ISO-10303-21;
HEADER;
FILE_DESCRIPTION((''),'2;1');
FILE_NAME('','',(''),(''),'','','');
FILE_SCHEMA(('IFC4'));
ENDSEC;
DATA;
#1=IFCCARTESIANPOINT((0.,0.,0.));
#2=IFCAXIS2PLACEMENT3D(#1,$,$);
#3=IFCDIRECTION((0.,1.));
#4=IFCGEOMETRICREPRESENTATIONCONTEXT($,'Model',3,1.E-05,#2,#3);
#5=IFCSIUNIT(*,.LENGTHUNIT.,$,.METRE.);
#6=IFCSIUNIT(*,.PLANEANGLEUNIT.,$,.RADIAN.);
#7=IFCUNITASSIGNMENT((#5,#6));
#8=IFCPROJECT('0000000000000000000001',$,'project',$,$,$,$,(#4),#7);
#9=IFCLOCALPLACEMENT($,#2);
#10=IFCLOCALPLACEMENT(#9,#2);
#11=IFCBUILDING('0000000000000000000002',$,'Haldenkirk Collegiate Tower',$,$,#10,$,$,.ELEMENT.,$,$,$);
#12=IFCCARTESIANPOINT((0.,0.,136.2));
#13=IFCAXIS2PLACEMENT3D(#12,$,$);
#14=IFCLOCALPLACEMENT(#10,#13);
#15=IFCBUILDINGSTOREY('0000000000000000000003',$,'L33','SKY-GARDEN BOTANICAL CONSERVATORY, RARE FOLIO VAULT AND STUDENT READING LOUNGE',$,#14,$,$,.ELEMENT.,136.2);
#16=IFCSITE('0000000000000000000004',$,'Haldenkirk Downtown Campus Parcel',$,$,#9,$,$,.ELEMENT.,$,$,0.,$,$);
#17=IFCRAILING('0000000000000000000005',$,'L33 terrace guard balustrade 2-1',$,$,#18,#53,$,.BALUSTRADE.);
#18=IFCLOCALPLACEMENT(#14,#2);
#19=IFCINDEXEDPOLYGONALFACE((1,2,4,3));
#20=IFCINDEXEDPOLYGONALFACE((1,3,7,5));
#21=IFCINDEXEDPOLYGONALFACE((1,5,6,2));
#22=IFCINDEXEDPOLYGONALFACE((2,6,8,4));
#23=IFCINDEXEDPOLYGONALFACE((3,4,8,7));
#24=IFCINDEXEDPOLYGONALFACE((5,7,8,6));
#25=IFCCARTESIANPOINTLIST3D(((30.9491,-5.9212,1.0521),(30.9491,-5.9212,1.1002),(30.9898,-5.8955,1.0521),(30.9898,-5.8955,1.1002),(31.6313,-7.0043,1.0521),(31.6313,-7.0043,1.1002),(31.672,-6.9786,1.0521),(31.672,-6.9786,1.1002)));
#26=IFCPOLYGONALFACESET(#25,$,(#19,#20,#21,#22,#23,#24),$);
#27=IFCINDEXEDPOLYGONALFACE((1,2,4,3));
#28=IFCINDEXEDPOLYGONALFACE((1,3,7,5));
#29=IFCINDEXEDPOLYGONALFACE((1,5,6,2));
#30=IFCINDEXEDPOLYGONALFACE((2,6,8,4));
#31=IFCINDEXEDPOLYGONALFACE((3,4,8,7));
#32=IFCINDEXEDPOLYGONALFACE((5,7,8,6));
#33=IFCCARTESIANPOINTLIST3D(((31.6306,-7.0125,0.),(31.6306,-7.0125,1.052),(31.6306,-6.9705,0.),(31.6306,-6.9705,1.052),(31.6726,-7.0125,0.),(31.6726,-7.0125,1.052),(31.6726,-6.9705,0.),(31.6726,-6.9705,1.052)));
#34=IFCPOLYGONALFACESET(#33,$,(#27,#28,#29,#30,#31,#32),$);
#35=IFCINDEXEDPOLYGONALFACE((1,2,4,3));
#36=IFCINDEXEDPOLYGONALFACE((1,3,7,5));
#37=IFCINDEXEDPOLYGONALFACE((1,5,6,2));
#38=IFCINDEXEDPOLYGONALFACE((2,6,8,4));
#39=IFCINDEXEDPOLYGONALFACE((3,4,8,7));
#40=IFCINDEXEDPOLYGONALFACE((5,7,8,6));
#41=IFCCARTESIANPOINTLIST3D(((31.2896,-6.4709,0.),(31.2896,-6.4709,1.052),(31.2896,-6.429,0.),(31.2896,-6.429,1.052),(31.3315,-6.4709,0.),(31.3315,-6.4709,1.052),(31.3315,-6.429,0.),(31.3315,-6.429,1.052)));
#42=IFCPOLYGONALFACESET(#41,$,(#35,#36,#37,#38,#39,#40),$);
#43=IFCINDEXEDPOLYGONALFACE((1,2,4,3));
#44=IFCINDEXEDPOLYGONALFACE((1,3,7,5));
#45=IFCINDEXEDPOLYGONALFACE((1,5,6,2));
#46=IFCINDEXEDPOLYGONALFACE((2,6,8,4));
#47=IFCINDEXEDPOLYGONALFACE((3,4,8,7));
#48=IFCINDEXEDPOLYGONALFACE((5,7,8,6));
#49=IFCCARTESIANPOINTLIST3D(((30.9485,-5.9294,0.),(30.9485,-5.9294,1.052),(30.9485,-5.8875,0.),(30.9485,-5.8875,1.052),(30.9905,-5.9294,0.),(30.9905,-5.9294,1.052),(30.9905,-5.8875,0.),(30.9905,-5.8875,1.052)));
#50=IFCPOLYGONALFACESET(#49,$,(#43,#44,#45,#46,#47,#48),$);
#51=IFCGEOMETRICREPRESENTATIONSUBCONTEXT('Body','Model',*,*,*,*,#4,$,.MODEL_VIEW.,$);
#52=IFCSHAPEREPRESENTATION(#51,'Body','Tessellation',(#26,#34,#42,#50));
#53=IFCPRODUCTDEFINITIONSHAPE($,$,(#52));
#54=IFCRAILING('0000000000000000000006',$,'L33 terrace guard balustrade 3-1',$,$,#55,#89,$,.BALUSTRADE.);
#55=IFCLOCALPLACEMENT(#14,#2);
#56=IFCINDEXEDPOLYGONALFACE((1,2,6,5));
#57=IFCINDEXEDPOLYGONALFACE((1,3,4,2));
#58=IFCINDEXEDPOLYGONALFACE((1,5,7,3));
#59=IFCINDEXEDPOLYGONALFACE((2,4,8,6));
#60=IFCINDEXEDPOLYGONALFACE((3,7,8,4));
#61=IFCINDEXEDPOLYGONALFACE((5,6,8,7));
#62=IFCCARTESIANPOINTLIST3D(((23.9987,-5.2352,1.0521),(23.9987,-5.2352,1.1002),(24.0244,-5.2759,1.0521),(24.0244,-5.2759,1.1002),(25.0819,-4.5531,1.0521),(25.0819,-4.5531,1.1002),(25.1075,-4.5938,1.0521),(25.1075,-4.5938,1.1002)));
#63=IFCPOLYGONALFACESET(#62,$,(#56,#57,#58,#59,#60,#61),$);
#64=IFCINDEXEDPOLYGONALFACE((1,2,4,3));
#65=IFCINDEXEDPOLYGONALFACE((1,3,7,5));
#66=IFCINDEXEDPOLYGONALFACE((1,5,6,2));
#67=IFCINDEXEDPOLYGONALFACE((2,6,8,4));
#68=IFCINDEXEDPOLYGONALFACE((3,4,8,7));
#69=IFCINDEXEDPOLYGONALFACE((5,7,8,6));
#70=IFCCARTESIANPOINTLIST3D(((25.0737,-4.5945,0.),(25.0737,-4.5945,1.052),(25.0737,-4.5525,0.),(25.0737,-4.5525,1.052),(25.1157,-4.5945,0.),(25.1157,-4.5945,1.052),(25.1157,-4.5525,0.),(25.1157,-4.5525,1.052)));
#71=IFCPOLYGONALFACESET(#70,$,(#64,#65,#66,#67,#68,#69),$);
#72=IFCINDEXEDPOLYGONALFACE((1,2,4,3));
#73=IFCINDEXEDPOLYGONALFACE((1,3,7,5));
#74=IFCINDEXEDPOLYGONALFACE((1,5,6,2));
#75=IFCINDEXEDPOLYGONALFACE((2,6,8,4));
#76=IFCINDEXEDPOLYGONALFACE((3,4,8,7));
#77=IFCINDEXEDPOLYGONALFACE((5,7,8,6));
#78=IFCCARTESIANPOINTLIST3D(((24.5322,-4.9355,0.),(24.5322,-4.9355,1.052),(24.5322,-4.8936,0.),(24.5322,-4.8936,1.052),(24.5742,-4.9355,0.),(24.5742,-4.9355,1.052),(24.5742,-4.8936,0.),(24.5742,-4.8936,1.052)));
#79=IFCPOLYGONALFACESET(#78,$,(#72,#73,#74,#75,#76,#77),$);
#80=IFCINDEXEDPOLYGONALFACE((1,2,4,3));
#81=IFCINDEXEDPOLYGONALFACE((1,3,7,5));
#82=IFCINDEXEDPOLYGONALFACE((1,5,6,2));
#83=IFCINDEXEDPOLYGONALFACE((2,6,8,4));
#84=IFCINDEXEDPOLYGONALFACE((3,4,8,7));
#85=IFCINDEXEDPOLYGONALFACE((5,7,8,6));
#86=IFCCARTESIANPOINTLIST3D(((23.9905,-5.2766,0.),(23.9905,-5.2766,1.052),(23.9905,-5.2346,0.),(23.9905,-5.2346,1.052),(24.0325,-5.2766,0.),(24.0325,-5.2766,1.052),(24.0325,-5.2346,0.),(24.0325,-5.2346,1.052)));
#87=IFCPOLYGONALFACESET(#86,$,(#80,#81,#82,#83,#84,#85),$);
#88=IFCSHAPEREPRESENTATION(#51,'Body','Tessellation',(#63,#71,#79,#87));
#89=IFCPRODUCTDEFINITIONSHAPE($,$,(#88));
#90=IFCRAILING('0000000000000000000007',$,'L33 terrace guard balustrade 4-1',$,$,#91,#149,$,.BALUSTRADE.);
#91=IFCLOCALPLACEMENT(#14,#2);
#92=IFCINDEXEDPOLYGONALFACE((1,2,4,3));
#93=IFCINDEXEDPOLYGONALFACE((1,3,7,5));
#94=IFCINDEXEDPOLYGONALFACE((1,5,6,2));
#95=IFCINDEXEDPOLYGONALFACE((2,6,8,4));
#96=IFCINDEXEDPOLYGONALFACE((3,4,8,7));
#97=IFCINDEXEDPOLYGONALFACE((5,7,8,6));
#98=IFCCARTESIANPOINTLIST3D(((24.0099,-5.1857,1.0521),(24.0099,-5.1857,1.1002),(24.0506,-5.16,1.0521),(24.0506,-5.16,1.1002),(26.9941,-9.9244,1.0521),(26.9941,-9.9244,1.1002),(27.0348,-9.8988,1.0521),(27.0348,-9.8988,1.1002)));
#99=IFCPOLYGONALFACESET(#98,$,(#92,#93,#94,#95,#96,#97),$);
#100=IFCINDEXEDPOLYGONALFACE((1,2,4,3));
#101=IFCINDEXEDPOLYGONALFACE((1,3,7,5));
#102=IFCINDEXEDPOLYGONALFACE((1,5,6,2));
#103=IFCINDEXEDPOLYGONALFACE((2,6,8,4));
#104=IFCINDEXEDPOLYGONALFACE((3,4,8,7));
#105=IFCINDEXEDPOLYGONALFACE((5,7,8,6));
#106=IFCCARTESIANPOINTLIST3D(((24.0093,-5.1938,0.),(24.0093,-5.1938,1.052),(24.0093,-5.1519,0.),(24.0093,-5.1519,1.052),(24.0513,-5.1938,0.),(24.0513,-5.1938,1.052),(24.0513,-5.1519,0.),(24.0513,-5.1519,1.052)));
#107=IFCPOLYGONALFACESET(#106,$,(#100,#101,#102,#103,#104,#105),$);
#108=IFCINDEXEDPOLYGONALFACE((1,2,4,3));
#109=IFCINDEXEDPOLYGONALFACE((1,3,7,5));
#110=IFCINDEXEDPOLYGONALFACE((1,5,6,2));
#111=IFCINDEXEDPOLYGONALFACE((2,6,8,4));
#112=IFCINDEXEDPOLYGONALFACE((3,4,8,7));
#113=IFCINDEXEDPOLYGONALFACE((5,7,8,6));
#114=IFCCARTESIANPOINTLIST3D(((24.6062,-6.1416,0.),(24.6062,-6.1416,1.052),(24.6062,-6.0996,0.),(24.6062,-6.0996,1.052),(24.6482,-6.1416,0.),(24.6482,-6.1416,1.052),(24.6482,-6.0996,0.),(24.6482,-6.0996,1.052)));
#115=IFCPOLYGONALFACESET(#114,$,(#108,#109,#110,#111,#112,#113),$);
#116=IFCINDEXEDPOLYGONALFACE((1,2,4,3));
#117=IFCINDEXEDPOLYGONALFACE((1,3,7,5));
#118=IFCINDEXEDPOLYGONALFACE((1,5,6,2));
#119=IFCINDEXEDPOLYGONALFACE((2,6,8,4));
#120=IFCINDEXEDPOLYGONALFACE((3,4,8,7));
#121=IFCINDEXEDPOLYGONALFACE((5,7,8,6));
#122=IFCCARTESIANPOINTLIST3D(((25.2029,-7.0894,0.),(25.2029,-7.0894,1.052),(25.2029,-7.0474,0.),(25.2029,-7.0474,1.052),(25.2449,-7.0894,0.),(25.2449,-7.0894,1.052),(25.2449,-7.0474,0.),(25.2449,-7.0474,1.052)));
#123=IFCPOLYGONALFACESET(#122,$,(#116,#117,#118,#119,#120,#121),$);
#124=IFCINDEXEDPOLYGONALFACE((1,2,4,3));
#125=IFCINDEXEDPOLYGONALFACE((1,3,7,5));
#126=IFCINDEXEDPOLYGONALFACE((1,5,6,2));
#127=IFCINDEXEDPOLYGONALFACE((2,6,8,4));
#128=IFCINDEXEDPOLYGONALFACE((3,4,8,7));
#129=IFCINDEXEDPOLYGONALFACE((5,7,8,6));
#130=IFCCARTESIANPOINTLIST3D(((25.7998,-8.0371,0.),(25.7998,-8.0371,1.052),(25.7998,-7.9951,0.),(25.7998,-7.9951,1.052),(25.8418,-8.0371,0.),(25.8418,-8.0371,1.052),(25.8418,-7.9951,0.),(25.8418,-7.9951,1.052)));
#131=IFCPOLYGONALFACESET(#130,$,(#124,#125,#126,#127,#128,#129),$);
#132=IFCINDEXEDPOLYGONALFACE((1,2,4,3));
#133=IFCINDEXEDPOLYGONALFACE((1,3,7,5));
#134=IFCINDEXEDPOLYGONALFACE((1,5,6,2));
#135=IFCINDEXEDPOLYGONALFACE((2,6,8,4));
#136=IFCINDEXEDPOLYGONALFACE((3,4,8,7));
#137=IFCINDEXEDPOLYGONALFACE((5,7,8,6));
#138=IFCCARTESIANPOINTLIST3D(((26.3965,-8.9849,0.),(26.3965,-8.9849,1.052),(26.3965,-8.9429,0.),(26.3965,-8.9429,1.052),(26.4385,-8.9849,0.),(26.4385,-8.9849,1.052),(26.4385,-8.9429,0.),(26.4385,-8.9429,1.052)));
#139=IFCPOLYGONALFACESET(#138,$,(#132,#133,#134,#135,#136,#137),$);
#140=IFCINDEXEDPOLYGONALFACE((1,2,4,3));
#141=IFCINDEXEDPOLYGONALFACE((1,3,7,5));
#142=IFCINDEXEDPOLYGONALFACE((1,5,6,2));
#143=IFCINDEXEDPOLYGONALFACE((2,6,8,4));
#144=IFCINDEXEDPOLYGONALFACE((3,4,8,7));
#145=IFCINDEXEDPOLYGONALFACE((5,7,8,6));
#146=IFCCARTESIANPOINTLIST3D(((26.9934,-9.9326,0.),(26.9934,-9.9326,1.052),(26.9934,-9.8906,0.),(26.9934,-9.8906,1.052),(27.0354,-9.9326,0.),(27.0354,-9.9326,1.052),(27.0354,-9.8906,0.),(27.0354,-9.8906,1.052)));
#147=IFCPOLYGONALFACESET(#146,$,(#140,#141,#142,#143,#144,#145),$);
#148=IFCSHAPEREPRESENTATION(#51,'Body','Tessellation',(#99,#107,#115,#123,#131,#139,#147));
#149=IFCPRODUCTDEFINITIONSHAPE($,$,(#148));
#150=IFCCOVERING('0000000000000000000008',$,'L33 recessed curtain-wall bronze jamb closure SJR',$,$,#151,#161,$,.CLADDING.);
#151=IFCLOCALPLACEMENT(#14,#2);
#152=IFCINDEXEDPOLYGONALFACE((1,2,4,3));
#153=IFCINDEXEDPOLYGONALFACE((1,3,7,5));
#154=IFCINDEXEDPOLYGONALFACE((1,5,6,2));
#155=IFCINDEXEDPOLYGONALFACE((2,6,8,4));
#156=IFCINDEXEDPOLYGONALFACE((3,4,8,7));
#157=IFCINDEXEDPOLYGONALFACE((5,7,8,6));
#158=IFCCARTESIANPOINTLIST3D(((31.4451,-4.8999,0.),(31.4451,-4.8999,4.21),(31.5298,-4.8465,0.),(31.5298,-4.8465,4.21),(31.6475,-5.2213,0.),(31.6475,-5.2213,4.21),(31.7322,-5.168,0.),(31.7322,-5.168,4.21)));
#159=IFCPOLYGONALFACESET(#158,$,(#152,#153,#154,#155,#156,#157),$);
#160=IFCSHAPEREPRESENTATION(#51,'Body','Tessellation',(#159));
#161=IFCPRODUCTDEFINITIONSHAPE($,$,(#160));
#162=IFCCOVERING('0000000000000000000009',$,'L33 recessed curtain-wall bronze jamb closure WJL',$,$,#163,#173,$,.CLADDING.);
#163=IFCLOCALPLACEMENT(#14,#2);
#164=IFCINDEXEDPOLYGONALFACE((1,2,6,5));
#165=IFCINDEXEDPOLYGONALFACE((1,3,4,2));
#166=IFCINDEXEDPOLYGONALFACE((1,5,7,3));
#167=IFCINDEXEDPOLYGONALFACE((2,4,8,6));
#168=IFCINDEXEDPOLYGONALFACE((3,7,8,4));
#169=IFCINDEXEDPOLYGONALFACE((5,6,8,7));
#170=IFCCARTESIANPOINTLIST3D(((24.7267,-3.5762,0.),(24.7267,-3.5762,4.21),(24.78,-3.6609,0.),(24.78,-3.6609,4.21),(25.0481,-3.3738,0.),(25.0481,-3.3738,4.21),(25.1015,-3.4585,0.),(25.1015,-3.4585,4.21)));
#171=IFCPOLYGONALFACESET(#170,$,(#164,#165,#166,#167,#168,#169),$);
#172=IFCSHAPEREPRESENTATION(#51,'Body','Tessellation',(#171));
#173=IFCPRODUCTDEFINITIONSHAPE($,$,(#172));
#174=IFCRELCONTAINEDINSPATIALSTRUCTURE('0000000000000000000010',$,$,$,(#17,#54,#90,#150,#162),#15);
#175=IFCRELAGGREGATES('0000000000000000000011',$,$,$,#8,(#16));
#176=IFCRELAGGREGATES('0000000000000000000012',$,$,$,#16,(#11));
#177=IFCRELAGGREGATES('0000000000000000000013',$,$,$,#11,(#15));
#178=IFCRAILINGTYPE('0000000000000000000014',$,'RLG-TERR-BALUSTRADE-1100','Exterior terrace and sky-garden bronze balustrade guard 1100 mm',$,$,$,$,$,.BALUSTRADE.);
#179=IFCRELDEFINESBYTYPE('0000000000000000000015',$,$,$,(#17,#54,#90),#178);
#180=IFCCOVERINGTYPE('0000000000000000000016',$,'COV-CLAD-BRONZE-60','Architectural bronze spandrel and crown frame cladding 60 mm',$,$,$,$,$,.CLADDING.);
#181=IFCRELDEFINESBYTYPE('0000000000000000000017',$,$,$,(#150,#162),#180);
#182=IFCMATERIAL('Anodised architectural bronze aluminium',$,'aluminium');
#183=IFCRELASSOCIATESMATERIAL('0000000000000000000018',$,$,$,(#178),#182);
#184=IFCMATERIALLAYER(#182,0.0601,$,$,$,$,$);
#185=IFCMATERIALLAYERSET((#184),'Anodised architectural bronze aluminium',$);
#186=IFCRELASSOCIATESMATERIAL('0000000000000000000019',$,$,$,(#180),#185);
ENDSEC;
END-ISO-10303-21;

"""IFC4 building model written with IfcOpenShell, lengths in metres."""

from ifc_helpers import new_model, si_unit, direction, frame, origin, origin_2d, place, context, subcontext, project, spatial, rectangle, extrude, source, transform, mapped, material, layer, layer_set, type_object, element, save


model = new_model("IFC4")

# Units and contexts
model_context = context("Model", 3, precision=1e-05, world=origin(), true_north=direction((0.0, 1.0)))
body_context = subcontext(model_context, "Body", "Model", "MODEL_VIEW")
ifc_project = project(units=[si_unit("LENGTHUNIT", "METRE"), si_unit("PLANEANGLEUNIT", "RADIAN")], contexts=[model_context])

# Site, building, storey
site_placement = place(None, origin())
site = spatial("IfcSite", under=ifc_project, at=site_placement, Name="Haldenkirk Downtown Campus Parcel", CompositionType="ELEMENT", RefElevation=0.0)
building_placement = place(site_placement, origin())
building = spatial("IfcBuilding", under=site, at=building_placement, Name="Haldenkirk Collegiate Tower", CompositionType="ELEMENT")
storey_placement = place(building_placement, frame((0.0, 0.0, 136.2)))
storey = spatial("IfcBuildingStorey", under=building, at=storey_placement, Name="L33", Description="SKY-GARDEN BOTANICAL CONSERVATORY, RARE FOLIO VAULT AND STUDENT READING LOUNGE", CompositionType="ELEMENT", Elevation=136.2)

# Shared definitions
ifc_material_1 = material(Name="Anodised architectural bronze aluminium", Category="aluminium")

# Railings
railing_type = type_object("IfcRailingType", Name="RLG-TERR-BALUSTRADE-1100", Description="Exterior terrace and sky-garden bronze balustrade guard 1100 mm", PredefinedType="BALUSTRADE", material=ifc_material_1)
railing_1_placement = place(storey_placement, frame((31.6516, -6.9915, 0.0)))
element("IfcRailing", 1, at=railing_1_placement, inside=storey, type_object=railing_type, Name="L33 terrace guard balustrade 2-1", PredefinedType="BALUSTRADE", context=body_context, shape_type="SweptSolid", body=[
    extrude(rectangle(XDim=0.0481, YDim=0.0481, at=origin_2d()), frame((0.0, 0.0, 1.0762), z_axis=(-0.532945, 0.84615, 0.0), x_axis=(-0.84615, -0.532945, 0.0)), (0.0, 0.0, 1.0), 1.28),
    extrude(rectangle(XDim=0.042, YDim=0.042, at=origin_2d()), origin(), (0.0, 0.0, 1.0), 1.052),
    extrude(rectangle(XDim=0.042, YDim=0.042, at=origin_2d()), frame((-0.3411, 0.5415, 0.0)), (0.0, 0.0, 1.0), 1.052),
    extrude(rectangle(XDim=0.042, YDim=0.042, at=origin_2d()), frame((-0.6821, 1.083, 0.0)), (0.0, 0.0, 1.0), 1.052),
])
railing_2_placement = place(storey_placement, frame((25.0947, -4.5735, 0.0)))
element("IfcRailing", 2, at=railing_2_placement, inside=storey, type_object=railing_type, Name="L33 terrace guard balustrade 3-1", PredefinedType="BALUSTRADE", context=body_context, shape_type="SweptSolid", body=[
    extrude(rectangle(XDim=0.0481, YDim=0.0481, at=origin_2d()), frame((0.0, 0.0, 1.0762), z_axis=(-0.846204, -0.532859, 0.0), x_axis=(0.532859, -0.846204, 0.0)), (0.0, 0.0, 1.0), 1.28),
    extrude(rectangle(XDim=0.042, YDim=0.042, at=origin_2d()), origin(), (0.0, 0.0, 1.0), 1.052),
    extrude(rectangle(XDim=0.042, YDim=0.042, at=origin_2d()), frame((-0.5415, -0.3411, 0.0)), (0.0, 0.0, 1.0), 1.052),
    extrude(rectangle(XDim=0.042, YDim=0.042, at=origin_2d()), frame((-1.0833, -0.6821, 0.0)), (0.0, 0.0, 1.0), 1.052),
])
railing_3_placement = place(storey_placement, frame((24.0303, -5.1729, 0.0)))
element("IfcRailing", 3, at=railing_3_placement, inside=storey, type_object=railing_type, Name="L33 terrace guard balustrade 4-1", PredefinedType="BALUSTRADE", context=body_context, shape_type="SweptSolid", body=[
    extrude(rectangle(XDim=0.0481, YDim=0.0481, at=origin_2d()), frame((0.0, 0.0, 1.0762), z_axis=(0.532872, -0.846196, 0.0), x_axis=(0.846196, 0.532872, 0.0)), (0.0, 0.0, 1.0), 5.6001),
    extrude(rectangle(XDim=0.042, YDim=0.042, at=origin_2d()), origin(), (0.0, 0.0, 1.0), 1.052),
    extrude(rectangle(XDim=0.042, YDim=0.042, at=origin_2d()), frame((0.5969, -0.9478, 0.0)), (0.0, 0.0, 1.0), 1.052),
    extrude(rectangle(XDim=0.042, YDim=0.042, at=origin_2d()), frame((1.1936, -1.8955, 0.0)), (0.0, 0.0, 1.0), 1.052),
    extrude(rectangle(XDim=0.042, YDim=0.042, at=origin_2d()), frame((1.7905, -2.8433, 0.0)), (0.0, 0.0, 1.0), 1.052),
    extrude(rectangle(XDim=0.042, YDim=0.042, at=origin_2d()), frame((2.3872, -3.791, 0.0)), (0.0, 0.0, 1.0), 1.052),
    extrude(rectangle(XDim=0.042, YDim=0.042, at=origin_2d()), frame((2.9841, -4.7388, 0.0)), (0.0, 0.0, 1.0), 1.052),
])

# Coverings
ifc_layer_1 = layer(ifc_material_1, 0.0601)
ifc_layer_set_1 = layer_set([ifc_layer_1], Name="Anodised architectural bronze aluminium")
covering_type = type_object("IfcCoveringType", Name="COV-CLAD-BRONZE-60", Description="Architectural bronze spandrel and crown frame cladding 60 mm", PredefinedType="CLADDING", material=ifc_layer_set_1)
shared_shape_1 = source(origin(), body_context, "Body", "SweptSolid", [
    extrude(rectangle(XDim=0.1001, YDim=0.3799, at=origin_2d()), origin(), (0.0, 0.0, 1.0), 4.21),
])
for number, where, z_axis, x_axis, name in (
    (4, (31.5886, -5.0339, 0.0), (0.0, 0.0, 1.0), (-0.846193, -0.532876, 0.0), "L33 recessed curtain-wall bronze jamb closure SJR"),
    (5, (24.9141, -3.5173, 0.0), (0.0, 0.0, 1.0), (-0.532876, 0.846193, 0.0), "L33 recessed curtain-wall bronze jamb closure WJL"),
):
    element("IfcCovering", number, at=place(storey_placement, frame(where, z_axis=z_axis, x_axis=x_axis)), inside=storey, type_object=covering_type, Name=name, PredefinedType="CLADDING", context=body_context, shape_type="MappedRepresentation", body=[
        mapped(shared_shape_1, transform((0.0, 0.0, 0.0), x_axis=(1.0, 0.0, 0.0), y_axis=(0.0, 1.0, 0.0), z_axis=(0.0, 0.0, 1.0), scale=1.0)),
    ])

save(model, "model.ifc")
